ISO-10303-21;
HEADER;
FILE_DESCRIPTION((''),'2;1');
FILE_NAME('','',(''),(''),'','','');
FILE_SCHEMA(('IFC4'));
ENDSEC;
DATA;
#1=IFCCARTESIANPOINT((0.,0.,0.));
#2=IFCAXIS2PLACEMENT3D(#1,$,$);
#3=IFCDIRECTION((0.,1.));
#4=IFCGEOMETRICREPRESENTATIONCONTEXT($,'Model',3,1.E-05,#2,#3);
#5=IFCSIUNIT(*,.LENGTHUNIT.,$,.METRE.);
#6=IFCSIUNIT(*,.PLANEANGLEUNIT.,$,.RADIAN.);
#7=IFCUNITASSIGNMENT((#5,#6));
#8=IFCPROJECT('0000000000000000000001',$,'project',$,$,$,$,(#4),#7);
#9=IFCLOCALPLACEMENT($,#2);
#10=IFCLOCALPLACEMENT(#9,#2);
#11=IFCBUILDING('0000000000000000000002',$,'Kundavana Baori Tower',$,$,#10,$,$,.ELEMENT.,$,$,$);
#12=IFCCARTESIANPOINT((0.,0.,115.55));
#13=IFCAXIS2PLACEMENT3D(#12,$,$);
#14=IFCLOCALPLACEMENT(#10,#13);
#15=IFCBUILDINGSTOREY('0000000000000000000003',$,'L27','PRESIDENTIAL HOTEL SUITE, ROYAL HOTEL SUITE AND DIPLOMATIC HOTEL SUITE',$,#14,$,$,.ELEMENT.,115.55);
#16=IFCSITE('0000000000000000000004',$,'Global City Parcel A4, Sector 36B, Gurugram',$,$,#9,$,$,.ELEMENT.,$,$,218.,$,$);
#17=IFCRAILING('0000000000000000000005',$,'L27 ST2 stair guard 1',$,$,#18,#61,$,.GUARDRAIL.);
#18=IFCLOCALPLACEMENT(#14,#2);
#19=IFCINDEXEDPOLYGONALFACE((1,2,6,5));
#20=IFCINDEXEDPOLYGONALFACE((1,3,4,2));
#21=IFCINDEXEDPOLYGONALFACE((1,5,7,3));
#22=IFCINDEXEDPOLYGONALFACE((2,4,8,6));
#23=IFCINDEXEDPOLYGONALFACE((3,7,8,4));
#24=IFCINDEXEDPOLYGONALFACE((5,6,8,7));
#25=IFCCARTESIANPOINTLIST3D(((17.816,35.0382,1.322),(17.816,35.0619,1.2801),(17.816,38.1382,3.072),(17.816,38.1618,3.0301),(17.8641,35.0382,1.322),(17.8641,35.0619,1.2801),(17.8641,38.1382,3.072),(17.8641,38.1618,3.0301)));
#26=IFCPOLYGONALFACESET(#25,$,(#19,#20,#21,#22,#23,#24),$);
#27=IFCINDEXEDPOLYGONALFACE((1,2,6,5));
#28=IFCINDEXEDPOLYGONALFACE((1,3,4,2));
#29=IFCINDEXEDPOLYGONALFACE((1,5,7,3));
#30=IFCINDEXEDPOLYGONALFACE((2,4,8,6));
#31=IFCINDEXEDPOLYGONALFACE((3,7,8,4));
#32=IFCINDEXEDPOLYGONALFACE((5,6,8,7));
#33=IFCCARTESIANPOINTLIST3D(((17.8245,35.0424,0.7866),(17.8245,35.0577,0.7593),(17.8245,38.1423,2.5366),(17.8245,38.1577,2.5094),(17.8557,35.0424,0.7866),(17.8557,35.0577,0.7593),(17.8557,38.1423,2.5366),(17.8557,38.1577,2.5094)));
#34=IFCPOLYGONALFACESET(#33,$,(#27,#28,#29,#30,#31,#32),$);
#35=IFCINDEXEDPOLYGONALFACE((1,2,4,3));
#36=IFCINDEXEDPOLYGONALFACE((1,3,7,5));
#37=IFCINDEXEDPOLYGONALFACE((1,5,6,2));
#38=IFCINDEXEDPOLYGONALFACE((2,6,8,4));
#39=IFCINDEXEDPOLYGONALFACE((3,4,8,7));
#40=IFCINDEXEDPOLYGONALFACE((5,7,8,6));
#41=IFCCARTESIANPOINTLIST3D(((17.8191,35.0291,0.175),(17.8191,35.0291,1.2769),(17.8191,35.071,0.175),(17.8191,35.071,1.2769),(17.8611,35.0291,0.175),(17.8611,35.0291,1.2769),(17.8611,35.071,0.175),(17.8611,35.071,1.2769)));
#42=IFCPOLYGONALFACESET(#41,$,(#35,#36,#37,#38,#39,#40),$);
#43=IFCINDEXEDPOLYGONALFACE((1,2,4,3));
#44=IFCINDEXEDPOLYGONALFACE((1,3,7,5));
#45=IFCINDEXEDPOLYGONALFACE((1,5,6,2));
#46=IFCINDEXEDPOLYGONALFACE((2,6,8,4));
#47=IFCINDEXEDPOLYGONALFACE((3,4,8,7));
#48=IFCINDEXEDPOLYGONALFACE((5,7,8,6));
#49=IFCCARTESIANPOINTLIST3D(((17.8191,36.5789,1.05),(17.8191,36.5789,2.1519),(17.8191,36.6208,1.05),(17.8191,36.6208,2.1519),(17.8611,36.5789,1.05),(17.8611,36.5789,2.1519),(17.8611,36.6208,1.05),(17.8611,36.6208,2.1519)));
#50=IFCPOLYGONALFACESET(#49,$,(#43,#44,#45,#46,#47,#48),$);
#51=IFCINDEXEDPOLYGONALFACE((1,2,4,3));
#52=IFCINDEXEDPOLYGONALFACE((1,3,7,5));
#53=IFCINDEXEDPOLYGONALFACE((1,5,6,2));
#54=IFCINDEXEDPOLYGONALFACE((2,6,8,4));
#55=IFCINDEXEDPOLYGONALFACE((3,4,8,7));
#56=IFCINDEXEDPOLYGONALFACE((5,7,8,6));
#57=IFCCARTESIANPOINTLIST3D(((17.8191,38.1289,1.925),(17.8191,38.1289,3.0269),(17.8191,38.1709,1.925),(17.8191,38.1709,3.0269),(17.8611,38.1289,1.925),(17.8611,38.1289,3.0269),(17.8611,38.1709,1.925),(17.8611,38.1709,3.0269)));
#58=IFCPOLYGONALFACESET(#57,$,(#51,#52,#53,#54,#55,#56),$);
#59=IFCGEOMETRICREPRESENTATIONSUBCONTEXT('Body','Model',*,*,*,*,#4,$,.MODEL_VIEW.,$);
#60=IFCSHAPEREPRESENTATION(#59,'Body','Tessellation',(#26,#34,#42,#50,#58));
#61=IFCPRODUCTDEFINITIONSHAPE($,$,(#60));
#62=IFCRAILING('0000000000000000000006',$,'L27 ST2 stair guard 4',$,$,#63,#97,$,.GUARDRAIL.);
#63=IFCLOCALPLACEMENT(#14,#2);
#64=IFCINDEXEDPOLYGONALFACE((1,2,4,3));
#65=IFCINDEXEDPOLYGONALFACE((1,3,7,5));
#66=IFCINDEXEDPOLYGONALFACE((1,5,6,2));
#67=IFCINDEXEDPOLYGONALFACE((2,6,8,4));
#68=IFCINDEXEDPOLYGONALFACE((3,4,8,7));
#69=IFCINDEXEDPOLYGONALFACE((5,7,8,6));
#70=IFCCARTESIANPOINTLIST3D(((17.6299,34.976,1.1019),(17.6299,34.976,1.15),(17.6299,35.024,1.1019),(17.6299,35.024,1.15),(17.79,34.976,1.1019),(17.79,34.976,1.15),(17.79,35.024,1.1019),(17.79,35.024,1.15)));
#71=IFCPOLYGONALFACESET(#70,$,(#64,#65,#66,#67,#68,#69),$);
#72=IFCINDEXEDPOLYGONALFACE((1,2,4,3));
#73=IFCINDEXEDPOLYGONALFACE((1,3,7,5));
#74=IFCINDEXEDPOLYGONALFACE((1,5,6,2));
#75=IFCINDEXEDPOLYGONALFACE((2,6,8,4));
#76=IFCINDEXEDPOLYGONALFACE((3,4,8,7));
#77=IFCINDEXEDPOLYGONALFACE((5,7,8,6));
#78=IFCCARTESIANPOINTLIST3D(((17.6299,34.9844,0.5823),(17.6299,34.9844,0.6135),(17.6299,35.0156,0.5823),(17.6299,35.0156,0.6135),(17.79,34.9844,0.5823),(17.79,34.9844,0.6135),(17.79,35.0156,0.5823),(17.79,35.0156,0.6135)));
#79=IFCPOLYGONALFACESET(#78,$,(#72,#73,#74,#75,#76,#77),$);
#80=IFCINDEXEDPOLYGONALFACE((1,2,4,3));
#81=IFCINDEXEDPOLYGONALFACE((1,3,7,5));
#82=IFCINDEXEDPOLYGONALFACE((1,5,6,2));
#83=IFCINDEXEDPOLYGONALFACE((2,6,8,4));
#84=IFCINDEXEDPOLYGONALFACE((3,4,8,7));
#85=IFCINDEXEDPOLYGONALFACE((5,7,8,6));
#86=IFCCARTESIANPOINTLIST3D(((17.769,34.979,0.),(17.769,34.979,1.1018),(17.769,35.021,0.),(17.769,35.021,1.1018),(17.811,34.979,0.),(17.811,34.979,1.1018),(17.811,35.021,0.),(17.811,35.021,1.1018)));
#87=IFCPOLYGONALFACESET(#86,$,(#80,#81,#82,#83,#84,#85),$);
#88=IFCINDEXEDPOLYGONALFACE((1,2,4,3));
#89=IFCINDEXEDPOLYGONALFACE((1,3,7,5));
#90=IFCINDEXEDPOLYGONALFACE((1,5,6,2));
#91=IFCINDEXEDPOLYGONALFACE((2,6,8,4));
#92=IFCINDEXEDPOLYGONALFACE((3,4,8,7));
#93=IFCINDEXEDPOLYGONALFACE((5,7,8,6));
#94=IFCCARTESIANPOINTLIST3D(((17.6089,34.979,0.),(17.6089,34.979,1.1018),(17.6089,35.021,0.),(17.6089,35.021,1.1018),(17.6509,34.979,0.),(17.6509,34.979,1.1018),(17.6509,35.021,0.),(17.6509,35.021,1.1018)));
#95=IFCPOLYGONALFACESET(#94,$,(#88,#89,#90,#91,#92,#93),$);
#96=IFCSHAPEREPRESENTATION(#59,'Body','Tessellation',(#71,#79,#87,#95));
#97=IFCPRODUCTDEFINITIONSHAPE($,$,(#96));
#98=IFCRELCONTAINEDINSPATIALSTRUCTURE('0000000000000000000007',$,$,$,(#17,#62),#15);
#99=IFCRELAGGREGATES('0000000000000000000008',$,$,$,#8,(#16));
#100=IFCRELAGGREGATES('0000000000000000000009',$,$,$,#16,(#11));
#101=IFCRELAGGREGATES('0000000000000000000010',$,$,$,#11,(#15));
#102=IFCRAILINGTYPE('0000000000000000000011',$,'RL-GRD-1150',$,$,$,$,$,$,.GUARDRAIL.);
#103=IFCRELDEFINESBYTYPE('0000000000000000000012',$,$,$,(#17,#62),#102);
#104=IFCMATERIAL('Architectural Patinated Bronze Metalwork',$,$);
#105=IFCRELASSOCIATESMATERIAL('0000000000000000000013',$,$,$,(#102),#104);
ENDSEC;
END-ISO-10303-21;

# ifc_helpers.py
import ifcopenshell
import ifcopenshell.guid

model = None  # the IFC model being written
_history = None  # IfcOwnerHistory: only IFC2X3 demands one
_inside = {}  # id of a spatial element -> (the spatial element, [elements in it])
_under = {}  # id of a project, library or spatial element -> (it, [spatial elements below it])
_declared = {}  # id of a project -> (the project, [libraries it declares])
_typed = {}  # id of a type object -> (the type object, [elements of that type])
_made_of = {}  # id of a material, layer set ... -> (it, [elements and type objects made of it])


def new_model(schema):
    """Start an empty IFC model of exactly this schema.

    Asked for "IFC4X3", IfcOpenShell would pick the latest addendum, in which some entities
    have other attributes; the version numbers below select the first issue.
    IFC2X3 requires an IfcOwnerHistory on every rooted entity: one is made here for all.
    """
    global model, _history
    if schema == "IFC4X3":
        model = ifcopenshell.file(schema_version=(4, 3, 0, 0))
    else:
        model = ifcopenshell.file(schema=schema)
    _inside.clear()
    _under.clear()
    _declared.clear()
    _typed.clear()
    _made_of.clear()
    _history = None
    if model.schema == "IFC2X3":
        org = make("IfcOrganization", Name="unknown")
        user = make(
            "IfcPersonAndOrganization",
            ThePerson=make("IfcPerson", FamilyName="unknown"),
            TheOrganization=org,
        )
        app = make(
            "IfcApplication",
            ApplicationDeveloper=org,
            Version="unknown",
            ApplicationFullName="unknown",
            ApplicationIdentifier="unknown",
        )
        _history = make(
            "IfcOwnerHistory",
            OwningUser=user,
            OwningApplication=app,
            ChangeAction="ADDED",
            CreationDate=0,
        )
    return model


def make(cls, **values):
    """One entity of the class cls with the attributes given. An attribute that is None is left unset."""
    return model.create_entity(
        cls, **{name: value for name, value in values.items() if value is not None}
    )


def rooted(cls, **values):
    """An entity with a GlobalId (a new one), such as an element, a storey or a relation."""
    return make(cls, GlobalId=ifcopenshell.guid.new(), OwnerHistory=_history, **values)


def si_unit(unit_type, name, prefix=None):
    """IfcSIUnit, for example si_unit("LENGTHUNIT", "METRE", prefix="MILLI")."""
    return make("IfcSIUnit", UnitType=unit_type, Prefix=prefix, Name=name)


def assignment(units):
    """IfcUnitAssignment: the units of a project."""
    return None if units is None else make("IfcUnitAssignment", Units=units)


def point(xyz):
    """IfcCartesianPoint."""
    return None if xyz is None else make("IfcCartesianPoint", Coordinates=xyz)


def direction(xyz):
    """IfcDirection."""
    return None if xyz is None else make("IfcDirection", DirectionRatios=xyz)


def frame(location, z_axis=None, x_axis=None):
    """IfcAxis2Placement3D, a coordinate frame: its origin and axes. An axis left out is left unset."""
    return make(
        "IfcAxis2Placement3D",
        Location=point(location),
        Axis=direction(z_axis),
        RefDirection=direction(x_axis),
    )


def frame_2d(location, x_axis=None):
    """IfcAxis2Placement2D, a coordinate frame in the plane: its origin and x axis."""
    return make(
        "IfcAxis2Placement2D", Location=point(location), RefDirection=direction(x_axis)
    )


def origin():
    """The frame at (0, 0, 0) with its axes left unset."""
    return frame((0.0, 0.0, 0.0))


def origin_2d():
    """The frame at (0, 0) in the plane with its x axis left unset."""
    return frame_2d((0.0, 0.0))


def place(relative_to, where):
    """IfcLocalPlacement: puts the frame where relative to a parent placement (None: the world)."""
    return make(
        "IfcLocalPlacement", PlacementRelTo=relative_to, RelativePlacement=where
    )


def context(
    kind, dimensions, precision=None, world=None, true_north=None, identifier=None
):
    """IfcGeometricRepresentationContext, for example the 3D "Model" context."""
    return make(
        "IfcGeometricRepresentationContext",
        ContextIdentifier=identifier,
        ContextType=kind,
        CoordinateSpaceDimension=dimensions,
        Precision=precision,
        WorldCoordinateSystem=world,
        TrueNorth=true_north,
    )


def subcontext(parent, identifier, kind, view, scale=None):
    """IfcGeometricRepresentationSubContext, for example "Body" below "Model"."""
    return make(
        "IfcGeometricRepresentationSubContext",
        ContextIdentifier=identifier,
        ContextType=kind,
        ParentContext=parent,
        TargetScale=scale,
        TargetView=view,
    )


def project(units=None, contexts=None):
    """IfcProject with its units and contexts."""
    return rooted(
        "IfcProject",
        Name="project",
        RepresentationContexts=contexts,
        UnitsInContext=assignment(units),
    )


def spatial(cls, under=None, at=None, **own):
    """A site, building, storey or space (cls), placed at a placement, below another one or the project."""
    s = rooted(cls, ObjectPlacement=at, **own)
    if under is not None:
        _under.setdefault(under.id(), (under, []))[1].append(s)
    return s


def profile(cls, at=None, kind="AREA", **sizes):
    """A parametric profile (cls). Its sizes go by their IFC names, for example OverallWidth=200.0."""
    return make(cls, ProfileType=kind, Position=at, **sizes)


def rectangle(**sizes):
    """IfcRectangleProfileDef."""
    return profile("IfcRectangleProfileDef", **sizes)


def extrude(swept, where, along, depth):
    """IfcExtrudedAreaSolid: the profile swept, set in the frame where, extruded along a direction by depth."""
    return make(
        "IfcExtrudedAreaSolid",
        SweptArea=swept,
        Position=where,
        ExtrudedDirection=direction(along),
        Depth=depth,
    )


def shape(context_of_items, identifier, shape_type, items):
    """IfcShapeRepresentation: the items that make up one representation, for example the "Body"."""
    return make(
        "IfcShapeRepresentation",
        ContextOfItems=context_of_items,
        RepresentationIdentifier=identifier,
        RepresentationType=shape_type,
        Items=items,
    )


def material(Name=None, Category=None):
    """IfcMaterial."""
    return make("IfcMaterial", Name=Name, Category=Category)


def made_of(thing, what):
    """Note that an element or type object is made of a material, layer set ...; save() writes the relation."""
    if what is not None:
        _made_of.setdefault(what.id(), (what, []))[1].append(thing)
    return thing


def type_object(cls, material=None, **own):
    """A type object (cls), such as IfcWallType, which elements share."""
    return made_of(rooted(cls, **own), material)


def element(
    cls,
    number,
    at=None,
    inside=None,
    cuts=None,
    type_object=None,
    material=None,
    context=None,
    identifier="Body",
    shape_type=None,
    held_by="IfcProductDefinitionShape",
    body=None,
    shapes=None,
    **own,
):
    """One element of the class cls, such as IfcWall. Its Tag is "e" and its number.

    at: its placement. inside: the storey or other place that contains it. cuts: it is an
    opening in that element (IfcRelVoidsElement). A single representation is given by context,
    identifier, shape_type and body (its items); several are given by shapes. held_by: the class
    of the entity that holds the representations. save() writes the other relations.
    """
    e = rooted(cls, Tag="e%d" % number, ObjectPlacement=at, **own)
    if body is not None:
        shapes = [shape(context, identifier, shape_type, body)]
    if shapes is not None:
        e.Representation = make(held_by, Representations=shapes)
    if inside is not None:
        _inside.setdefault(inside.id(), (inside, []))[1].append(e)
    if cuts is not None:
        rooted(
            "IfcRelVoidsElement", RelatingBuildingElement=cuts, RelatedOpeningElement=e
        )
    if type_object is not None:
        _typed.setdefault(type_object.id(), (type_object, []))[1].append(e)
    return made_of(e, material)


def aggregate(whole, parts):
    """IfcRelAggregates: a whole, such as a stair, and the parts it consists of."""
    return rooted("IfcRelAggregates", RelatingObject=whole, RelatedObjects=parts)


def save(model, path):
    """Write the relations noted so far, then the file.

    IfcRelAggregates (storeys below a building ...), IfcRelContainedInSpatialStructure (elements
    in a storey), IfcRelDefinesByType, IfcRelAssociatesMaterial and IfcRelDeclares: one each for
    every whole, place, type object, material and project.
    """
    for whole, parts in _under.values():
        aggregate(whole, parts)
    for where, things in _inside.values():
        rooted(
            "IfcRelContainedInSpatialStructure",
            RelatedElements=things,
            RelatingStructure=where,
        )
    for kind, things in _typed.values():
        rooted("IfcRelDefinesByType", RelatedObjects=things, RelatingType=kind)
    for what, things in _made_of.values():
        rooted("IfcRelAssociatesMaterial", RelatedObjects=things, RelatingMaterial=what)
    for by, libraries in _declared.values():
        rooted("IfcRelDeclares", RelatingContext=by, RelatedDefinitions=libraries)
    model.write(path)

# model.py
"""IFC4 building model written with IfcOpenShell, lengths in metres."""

from ifc_helpers import new_model, si_unit, direction, frame, origin, origin_2d, place, context, subcontext, project, spatial, rectangle, extrude, material, type_object, element, save


model = new_model("IFC4")

# Units and contexts
model_context = context("Model", 3, precision=1e-05, world=origin(), true_north=direction((0.0, 1.0)))
body_context = subcontext(model_context, "Body", "Model", "MODEL_VIEW")
ifc_project = project(units=[si_unit("LENGTHUNIT", "METRE"), si_unit("PLANEANGLEUNIT", "RADIAN")], contexts=[model_context])

# Site, building, storey
site_placement = place(None, origin())
site = spatial("IfcSite", under=ifc_project, at=site_placement, Name="Global City Parcel A4, Sector 36B, Gurugram", CompositionType="ELEMENT", RefElevation=218.0)
building_placement = place(site_placement, origin())
building = spatial("IfcBuilding", under=site, at=building_placement, Name="Kundavana Baori Tower", CompositionType="ELEMENT")
storey_placement = place(building_placement, frame((0.0, 0.0, 115.55)))
storey = spatial("IfcBuildingStorey", under=building, at=storey_placement, Name="L27", Description="PRESIDENTIAL HOTEL SUITE, ROYAL HOTEL SUITE AND DIPLOMATIC HOTEL SUITE", CompositionType="ELEMENT", Elevation=115.55)

# Railings
ifc_material_1 = material(Name="Architectural Patinated Bronze Metalwork")
railing_type = type_object("IfcRailingType", Name="RL-GRD-1150", PredefinedType="GUARDRAIL", material=ifc_material_1)
railing_1_placement = place(storey_placement, frame((17.8401, 35.05, 0.175)))
element("IfcRailing", 1, at=railing_1_placement, inside=storey, type_object=railing_type, Name="L27 ST2 stair guard 1", PredefinedType="GUARDRAIL", context=body_context, shape_type="SweptSolid", body=[
    extrude(rectangle(XDim=0.0481, YDim=0.0481, at=origin_2d()), frame((0.0, 0.0, 1.126), z_axis=(0.0, 0.870814, 0.491612), x_axis=(-1.0, 0.0, 0.0)), (0.0, 0.0, 1.0), 3.5598),
    extrude(rectangle(XDim=0.0312, YDim=0.0312, at=origin_2d()), frame((0.0, 0.0, 0.5979), z_axis=(0.0, 0.870814, 0.491612), x_axis=(-1.0, 0.0, 0.0)), (0.0, 0.0, 1.0), 3.5598),
    extrude(rectangle(XDim=0.042, YDim=0.042, at=origin_2d()), origin(), (0.0, 0.0, 1.0), 1.1018),
    extrude(rectangle(XDim=0.042, YDim=0.042, at=origin_2d()), frame((0.0, 1.5498, 0.875)), (0.0, 0.0, 1.0), 1.1018),
    extrude(rectangle(XDim=0.042, YDim=0.042, at=origin_2d()), frame((0.0, 3.0999, 1.75)), (0.0, 0.0, 1.0), 1.1018),
])
railing_2_placement = place(storey_placement, frame((17.79, 35.0, 0.0)))
element("IfcRailing", 2, at=railing_2_placement, inside=storey, type_object=railing_type, Name="L27 ST2 stair guard 4", PredefinedType="GUARDRAIL", context=body_context, shape_type="SweptSolid", body=[
    extrude(rectangle(XDim=0.0481, YDim=0.0481, at=origin_2d()), frame((0.0, 0.0, 1.126), z_axis=(-1.0, 0.0, 0.0), x_axis=(0.0, -1.0, 0.0)), (0.0, 0.0, 1.0), 0.1602),
    extrude(rectangle(XDim=0.0312, YDim=0.0312, at=origin_2d()), frame((0.0, 0.0, 0.5979), z_axis=(-1.0, 0.0, 0.0), x_axis=(0.0, -1.0, 0.0)), (0.0, 0.0, 1.0), 0.1602),
    extrude(rectangle(XDim=0.042, YDim=0.042, at=origin_2d()), origin(), (0.0, 0.0, 1.0), 1.1018),
    extrude(rectangle(XDim=0.042, YDim=0.042, at=origin_2d()), frame((-0.1602, 0.0, 0.0)), (0.0, 0.0, 1.0), 1.1018),
])

save(model, "model.ifc")
